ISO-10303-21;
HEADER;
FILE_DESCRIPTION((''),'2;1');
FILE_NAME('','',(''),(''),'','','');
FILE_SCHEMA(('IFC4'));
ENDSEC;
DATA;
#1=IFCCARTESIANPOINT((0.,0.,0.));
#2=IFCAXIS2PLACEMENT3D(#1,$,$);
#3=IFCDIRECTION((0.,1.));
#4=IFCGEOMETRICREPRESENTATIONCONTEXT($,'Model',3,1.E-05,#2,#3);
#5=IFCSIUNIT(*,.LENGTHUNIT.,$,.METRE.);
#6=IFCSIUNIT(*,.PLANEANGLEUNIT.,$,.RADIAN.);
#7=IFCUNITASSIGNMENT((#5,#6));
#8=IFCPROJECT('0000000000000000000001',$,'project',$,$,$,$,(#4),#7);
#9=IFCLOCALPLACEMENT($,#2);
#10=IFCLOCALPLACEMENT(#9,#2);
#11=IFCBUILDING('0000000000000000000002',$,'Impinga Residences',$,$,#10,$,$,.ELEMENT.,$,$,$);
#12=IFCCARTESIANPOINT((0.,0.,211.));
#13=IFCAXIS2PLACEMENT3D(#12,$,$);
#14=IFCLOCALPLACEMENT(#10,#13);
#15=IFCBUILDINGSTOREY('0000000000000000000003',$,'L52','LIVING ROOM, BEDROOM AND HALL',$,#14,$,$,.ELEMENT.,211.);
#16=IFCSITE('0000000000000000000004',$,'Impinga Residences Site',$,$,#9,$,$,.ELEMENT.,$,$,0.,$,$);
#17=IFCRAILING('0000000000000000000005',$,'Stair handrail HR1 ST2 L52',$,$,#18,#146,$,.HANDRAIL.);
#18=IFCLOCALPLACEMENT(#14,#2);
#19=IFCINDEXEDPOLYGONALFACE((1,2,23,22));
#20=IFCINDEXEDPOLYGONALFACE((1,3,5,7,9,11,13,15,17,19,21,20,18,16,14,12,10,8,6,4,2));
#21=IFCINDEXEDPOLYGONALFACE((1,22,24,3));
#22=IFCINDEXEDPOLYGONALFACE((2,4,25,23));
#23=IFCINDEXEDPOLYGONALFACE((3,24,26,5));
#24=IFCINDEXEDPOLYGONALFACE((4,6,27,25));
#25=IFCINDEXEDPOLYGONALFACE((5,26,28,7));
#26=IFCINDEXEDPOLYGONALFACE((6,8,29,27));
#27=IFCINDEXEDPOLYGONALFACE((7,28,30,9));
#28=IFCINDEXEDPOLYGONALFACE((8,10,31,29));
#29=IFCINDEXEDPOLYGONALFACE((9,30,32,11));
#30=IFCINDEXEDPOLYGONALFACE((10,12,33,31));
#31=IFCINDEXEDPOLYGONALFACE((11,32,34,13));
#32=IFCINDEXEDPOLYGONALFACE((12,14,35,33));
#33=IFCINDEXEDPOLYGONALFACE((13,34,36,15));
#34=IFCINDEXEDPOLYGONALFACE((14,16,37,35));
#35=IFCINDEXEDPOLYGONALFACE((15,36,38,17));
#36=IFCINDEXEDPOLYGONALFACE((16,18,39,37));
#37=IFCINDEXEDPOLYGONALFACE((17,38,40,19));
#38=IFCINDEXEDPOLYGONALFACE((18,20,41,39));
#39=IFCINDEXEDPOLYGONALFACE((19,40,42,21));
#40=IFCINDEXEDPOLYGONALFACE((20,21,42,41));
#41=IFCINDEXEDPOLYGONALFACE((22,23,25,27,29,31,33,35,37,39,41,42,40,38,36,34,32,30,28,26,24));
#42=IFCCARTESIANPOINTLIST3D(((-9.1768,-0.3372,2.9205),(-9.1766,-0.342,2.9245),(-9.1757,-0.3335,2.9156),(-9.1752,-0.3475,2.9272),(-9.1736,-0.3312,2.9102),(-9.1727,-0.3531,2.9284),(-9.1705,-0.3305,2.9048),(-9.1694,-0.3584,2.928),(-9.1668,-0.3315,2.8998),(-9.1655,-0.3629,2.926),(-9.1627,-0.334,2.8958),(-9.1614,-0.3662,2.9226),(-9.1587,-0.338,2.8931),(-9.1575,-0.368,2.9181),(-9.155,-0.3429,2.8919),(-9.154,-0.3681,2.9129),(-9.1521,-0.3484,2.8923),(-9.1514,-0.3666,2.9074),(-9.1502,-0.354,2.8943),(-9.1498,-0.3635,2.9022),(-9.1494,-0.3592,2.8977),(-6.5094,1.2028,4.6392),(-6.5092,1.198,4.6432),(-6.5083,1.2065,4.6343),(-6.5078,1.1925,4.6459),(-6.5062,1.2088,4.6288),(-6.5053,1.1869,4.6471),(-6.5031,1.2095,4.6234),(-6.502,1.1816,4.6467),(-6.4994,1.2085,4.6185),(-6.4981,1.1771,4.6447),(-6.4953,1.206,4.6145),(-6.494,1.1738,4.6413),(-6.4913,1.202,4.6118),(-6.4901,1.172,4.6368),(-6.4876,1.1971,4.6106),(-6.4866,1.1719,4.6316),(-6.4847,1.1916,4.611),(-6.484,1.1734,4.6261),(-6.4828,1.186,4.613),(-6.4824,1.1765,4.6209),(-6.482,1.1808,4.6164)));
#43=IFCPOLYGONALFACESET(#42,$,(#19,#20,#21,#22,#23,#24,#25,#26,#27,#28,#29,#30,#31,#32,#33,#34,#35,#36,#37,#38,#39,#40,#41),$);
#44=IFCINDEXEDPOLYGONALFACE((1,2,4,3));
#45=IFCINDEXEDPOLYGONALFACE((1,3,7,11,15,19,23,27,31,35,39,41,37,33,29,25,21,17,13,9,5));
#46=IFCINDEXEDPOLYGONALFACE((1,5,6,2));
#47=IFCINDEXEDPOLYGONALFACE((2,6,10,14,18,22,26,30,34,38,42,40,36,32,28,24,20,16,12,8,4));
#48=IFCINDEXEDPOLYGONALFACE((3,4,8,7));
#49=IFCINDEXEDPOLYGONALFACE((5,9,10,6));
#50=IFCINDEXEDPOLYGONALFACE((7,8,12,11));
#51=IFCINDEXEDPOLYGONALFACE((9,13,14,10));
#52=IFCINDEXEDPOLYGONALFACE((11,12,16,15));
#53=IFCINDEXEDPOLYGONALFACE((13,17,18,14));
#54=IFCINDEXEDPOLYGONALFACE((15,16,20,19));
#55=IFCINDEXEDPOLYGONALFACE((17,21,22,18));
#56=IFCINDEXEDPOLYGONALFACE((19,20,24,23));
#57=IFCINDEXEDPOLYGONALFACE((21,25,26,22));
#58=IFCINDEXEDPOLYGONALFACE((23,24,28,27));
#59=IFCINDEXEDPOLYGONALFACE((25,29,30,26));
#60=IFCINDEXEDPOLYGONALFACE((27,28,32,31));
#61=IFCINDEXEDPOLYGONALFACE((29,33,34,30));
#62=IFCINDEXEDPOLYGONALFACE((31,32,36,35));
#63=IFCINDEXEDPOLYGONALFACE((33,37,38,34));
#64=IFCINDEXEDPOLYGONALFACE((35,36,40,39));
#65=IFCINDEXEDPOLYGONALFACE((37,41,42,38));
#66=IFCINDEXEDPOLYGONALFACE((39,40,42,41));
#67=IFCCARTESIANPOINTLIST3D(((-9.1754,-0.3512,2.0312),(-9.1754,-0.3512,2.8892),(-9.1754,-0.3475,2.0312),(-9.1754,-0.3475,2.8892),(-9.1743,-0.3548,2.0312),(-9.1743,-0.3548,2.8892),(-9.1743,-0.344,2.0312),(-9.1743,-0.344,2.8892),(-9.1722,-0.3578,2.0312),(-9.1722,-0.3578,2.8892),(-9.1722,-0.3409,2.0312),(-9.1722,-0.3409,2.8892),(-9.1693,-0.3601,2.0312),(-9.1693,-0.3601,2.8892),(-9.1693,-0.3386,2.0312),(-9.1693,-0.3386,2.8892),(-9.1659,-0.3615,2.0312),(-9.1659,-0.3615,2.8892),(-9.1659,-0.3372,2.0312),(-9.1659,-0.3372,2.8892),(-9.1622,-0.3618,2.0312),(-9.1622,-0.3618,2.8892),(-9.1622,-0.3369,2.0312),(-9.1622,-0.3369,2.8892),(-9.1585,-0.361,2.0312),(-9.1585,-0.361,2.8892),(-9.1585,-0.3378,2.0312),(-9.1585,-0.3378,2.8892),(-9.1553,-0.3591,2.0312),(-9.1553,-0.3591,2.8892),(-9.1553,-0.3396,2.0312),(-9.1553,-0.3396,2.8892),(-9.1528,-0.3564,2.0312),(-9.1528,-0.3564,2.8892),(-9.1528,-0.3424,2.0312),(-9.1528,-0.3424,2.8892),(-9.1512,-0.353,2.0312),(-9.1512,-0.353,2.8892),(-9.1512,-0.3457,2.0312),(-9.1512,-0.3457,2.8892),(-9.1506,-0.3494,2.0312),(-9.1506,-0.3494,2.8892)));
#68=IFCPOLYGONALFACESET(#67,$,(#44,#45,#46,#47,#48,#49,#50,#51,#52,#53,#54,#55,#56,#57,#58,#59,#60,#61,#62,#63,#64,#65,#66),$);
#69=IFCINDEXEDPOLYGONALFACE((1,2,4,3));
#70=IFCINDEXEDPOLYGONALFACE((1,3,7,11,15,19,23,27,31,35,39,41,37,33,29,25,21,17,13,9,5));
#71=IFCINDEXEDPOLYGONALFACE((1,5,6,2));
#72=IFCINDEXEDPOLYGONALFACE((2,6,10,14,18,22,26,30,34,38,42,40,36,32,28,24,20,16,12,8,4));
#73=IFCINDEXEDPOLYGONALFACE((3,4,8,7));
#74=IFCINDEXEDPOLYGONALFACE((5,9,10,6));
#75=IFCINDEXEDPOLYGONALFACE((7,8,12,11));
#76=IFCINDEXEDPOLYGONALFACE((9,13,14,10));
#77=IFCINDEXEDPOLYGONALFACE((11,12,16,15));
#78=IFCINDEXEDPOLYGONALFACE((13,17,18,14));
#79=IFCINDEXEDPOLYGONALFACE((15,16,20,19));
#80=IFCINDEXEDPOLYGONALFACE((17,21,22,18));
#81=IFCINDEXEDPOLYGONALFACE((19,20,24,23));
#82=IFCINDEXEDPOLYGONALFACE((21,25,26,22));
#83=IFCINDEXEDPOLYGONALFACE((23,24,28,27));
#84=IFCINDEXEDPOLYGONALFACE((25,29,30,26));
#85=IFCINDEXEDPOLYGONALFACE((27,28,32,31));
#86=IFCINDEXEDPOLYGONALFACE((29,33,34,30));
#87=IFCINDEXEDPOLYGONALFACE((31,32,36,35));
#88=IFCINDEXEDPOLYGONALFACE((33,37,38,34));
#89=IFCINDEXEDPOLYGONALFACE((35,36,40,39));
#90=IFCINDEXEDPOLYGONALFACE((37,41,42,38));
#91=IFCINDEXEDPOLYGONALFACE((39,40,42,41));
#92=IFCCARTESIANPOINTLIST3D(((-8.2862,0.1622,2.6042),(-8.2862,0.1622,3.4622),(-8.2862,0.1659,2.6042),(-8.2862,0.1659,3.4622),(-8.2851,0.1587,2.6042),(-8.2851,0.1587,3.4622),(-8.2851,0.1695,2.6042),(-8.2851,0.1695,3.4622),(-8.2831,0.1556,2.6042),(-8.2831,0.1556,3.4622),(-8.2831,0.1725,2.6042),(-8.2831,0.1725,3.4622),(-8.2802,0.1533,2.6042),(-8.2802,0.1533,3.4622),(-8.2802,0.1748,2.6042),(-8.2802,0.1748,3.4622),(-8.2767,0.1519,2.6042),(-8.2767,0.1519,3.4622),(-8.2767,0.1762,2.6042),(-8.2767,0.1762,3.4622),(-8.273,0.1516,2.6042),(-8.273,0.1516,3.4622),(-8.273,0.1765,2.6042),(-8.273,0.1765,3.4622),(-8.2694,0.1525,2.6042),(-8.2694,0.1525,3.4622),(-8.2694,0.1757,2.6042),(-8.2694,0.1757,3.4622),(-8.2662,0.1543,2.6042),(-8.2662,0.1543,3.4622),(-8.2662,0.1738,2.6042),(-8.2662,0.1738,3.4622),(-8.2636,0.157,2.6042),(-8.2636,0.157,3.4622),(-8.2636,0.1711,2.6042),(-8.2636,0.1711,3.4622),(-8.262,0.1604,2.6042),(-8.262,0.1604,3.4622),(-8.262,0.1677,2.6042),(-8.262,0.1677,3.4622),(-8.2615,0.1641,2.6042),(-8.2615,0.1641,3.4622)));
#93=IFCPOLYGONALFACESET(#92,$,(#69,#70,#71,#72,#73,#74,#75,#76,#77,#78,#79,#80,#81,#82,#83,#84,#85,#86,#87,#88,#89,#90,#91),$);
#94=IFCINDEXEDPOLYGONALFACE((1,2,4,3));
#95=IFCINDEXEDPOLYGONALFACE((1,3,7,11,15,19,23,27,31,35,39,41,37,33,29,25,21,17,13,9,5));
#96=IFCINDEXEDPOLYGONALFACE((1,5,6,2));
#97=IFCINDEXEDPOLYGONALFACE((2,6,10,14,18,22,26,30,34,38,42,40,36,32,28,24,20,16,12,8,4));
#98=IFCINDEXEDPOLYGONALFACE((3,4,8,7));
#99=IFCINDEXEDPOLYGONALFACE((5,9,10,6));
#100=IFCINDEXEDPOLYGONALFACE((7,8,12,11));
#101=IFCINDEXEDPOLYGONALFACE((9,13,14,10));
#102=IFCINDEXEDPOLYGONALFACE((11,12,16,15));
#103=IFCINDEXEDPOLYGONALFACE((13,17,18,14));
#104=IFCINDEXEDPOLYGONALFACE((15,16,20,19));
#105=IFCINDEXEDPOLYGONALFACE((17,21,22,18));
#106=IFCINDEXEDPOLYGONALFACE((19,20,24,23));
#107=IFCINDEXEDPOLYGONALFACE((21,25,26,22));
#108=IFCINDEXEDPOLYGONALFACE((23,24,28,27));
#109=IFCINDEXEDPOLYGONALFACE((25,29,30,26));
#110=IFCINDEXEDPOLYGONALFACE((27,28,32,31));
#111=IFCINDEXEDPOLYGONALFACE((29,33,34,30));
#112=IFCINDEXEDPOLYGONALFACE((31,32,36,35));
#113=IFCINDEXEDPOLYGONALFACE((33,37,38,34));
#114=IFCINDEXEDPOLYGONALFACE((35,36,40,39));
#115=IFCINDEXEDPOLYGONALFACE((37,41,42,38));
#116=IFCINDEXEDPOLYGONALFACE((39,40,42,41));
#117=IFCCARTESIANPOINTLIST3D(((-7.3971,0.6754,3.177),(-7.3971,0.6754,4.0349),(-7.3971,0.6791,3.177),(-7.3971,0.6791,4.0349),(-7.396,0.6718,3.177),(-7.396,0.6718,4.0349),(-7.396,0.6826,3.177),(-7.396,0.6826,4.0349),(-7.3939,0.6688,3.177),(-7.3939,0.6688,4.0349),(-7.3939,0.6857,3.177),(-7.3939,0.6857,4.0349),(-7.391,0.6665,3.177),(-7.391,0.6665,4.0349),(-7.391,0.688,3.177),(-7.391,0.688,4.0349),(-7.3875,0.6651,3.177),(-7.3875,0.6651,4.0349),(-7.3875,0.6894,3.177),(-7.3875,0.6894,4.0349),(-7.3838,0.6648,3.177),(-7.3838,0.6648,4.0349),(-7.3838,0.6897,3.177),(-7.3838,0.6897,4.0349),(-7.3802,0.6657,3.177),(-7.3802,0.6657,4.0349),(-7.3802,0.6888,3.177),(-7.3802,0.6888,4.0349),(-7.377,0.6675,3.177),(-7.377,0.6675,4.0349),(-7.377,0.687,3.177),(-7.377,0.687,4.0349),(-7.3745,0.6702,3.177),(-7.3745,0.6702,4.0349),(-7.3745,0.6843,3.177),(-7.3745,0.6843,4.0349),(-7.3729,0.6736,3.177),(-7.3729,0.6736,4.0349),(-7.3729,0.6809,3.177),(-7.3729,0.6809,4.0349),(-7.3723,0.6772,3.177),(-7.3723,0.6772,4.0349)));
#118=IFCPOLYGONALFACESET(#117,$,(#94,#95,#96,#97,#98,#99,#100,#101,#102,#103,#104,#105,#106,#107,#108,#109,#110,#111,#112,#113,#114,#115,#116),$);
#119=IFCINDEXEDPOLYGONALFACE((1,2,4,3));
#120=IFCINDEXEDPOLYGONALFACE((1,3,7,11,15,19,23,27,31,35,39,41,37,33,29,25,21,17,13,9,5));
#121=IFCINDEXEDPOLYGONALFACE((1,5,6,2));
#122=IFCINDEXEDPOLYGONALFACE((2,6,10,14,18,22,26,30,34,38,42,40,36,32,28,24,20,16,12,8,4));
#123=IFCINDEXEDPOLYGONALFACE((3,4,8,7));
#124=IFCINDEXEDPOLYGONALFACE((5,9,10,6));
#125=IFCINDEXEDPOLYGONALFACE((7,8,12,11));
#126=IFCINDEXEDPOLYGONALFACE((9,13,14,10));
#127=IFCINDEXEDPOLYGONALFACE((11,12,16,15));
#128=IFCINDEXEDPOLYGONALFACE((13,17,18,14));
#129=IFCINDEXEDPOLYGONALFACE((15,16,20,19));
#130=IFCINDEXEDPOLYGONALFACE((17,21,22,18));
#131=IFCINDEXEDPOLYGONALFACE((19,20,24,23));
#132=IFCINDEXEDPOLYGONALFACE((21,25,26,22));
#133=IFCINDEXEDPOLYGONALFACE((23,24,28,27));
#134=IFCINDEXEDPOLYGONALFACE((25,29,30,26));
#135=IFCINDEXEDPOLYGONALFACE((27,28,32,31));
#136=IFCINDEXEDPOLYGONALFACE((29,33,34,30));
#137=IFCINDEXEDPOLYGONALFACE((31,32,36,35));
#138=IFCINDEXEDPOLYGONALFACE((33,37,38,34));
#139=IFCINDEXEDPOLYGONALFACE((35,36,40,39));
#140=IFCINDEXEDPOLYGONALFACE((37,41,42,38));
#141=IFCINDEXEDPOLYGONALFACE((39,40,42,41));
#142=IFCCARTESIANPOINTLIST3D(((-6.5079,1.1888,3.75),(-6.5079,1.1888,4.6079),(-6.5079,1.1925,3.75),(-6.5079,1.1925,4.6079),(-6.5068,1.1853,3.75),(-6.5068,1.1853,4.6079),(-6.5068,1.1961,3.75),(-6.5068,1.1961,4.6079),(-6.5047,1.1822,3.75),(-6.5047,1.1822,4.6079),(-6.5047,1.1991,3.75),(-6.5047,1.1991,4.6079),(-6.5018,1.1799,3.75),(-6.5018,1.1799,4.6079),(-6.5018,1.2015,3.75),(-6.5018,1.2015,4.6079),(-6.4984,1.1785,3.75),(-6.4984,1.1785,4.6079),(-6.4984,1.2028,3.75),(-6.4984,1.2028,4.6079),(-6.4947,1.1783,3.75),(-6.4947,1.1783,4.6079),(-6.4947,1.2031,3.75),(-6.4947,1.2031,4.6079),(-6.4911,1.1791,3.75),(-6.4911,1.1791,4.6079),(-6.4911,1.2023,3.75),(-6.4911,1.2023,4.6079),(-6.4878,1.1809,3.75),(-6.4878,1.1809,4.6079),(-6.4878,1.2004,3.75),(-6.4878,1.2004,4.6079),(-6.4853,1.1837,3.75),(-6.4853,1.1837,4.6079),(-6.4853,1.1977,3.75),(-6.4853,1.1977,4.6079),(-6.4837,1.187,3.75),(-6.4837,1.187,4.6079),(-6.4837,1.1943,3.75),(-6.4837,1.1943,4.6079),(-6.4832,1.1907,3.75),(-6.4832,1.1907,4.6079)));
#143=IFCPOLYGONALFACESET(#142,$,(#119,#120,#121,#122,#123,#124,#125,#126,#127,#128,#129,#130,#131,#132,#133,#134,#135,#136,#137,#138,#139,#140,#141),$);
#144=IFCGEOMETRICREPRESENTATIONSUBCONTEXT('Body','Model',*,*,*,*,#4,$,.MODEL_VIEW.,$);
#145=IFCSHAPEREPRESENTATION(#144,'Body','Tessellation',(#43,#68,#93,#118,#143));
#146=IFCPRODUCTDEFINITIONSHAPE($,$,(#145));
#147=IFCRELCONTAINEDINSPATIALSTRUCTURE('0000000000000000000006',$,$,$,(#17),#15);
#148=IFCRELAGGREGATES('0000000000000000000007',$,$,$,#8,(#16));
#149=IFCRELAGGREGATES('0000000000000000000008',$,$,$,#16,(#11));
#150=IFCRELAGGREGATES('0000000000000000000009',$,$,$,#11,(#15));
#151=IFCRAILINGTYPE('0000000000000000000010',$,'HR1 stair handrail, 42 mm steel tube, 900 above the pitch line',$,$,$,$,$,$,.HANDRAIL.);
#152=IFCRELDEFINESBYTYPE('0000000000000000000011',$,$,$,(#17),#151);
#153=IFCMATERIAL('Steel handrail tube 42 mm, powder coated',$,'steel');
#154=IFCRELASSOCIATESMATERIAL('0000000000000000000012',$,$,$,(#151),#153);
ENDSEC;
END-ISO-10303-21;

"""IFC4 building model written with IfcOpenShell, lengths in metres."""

from ifc_helpers import new_model, si_unit, direction, frame, origin, origin_2d, place, context, subcontext, project, spatial, circle, extrude, material, type_object, element, save


model = new_model("IFC4")

# Units and contexts
model_context = context("Model", 3, precision=1e-05, world=origin(), true_north=direction((0.0, 1.0)))
body_context = subcontext(model_context, "Body", "Model", "MODEL_VIEW")
ifc_project = project(units=[si_unit("LENGTHUNIT", "METRE"), si_unit("PLANEANGLEUNIT", "RADIAN")], contexts=[model_context])

# Site, building, storey
site_placement = place(None, origin())
site = spatial("IfcSite", under=ifc_project, at=site_placement, Name="Impinga Residences Site", CompositionType="ELEMENT", RefElevation=0.0)
building_placement = place(site_placement, origin())
building = spatial("IfcBuilding", under=site, at=building_placement, Name="Impinga Residences", CompositionType="ELEMENT")
storey_placement = place(building_placement, frame((0.0, 0.0, 211.0)))
storey = spatial("IfcBuildingStorey", under=building, at=storey_placement, Name="L52", Description="LIVING ROOM, BEDROOM AND HALL", CompositionType="ELEMENT", Elevation=211.0)

# Railing
ifc_material_1 = material(Name="Steel handrail tube 42 mm, powder coated", Category="steel")
railing_type_1 = type_object("IfcRailingType", Name="HR1 stair handrail, 42 mm steel tube, 900 above the pitch line", PredefinedType="HANDRAIL", material=ifc_material_1)
railing_1_placement = place(storey_placement, frame((-9.1631, -0.3494, 2.0312)))
element("IfcRailing", 1, at=railing_1_placement, inside=storey, type_object=railing_type_1, Name="Stair handrail HR1 ST2 L52", PredefinedType="HANDRAIL", context=body_context, shape_type="SweptSolid", body=[
    extrude(circle(Radius=0.021, at=origin_2d()), frame((0.0, 0.0, 0.8789), z_axis=(0.756256, 0.436616, 0.487282), x_axis=(-0.499992, 0.86603, 0.0)), (0.0, 0.0, 1.0), 3.5271),
    extrude(circle(Radius=0.0125, at=origin_2d()), origin(), (0.0, 0.0, 1.0), 0.8579),
    extrude(circle(Radius=0.0125, at=origin_2d()), frame((0.8892, 0.5134, 0.573)), (0.0, 0.0, 1.0), 0.8579),
    extrude(circle(Radius=0.0125, at=origin_2d()), frame((1.7783, 1.0266, 1.1458)), (0.0, 0.0, 1.0), 0.8579),
    extrude(circle(Radius=0.0125, at=origin_2d()), frame((2.6675, 1.54, 1.7188)), (0.0, 0.0, 1.0), 0.8579),
])

save(model, "model.ifc")
